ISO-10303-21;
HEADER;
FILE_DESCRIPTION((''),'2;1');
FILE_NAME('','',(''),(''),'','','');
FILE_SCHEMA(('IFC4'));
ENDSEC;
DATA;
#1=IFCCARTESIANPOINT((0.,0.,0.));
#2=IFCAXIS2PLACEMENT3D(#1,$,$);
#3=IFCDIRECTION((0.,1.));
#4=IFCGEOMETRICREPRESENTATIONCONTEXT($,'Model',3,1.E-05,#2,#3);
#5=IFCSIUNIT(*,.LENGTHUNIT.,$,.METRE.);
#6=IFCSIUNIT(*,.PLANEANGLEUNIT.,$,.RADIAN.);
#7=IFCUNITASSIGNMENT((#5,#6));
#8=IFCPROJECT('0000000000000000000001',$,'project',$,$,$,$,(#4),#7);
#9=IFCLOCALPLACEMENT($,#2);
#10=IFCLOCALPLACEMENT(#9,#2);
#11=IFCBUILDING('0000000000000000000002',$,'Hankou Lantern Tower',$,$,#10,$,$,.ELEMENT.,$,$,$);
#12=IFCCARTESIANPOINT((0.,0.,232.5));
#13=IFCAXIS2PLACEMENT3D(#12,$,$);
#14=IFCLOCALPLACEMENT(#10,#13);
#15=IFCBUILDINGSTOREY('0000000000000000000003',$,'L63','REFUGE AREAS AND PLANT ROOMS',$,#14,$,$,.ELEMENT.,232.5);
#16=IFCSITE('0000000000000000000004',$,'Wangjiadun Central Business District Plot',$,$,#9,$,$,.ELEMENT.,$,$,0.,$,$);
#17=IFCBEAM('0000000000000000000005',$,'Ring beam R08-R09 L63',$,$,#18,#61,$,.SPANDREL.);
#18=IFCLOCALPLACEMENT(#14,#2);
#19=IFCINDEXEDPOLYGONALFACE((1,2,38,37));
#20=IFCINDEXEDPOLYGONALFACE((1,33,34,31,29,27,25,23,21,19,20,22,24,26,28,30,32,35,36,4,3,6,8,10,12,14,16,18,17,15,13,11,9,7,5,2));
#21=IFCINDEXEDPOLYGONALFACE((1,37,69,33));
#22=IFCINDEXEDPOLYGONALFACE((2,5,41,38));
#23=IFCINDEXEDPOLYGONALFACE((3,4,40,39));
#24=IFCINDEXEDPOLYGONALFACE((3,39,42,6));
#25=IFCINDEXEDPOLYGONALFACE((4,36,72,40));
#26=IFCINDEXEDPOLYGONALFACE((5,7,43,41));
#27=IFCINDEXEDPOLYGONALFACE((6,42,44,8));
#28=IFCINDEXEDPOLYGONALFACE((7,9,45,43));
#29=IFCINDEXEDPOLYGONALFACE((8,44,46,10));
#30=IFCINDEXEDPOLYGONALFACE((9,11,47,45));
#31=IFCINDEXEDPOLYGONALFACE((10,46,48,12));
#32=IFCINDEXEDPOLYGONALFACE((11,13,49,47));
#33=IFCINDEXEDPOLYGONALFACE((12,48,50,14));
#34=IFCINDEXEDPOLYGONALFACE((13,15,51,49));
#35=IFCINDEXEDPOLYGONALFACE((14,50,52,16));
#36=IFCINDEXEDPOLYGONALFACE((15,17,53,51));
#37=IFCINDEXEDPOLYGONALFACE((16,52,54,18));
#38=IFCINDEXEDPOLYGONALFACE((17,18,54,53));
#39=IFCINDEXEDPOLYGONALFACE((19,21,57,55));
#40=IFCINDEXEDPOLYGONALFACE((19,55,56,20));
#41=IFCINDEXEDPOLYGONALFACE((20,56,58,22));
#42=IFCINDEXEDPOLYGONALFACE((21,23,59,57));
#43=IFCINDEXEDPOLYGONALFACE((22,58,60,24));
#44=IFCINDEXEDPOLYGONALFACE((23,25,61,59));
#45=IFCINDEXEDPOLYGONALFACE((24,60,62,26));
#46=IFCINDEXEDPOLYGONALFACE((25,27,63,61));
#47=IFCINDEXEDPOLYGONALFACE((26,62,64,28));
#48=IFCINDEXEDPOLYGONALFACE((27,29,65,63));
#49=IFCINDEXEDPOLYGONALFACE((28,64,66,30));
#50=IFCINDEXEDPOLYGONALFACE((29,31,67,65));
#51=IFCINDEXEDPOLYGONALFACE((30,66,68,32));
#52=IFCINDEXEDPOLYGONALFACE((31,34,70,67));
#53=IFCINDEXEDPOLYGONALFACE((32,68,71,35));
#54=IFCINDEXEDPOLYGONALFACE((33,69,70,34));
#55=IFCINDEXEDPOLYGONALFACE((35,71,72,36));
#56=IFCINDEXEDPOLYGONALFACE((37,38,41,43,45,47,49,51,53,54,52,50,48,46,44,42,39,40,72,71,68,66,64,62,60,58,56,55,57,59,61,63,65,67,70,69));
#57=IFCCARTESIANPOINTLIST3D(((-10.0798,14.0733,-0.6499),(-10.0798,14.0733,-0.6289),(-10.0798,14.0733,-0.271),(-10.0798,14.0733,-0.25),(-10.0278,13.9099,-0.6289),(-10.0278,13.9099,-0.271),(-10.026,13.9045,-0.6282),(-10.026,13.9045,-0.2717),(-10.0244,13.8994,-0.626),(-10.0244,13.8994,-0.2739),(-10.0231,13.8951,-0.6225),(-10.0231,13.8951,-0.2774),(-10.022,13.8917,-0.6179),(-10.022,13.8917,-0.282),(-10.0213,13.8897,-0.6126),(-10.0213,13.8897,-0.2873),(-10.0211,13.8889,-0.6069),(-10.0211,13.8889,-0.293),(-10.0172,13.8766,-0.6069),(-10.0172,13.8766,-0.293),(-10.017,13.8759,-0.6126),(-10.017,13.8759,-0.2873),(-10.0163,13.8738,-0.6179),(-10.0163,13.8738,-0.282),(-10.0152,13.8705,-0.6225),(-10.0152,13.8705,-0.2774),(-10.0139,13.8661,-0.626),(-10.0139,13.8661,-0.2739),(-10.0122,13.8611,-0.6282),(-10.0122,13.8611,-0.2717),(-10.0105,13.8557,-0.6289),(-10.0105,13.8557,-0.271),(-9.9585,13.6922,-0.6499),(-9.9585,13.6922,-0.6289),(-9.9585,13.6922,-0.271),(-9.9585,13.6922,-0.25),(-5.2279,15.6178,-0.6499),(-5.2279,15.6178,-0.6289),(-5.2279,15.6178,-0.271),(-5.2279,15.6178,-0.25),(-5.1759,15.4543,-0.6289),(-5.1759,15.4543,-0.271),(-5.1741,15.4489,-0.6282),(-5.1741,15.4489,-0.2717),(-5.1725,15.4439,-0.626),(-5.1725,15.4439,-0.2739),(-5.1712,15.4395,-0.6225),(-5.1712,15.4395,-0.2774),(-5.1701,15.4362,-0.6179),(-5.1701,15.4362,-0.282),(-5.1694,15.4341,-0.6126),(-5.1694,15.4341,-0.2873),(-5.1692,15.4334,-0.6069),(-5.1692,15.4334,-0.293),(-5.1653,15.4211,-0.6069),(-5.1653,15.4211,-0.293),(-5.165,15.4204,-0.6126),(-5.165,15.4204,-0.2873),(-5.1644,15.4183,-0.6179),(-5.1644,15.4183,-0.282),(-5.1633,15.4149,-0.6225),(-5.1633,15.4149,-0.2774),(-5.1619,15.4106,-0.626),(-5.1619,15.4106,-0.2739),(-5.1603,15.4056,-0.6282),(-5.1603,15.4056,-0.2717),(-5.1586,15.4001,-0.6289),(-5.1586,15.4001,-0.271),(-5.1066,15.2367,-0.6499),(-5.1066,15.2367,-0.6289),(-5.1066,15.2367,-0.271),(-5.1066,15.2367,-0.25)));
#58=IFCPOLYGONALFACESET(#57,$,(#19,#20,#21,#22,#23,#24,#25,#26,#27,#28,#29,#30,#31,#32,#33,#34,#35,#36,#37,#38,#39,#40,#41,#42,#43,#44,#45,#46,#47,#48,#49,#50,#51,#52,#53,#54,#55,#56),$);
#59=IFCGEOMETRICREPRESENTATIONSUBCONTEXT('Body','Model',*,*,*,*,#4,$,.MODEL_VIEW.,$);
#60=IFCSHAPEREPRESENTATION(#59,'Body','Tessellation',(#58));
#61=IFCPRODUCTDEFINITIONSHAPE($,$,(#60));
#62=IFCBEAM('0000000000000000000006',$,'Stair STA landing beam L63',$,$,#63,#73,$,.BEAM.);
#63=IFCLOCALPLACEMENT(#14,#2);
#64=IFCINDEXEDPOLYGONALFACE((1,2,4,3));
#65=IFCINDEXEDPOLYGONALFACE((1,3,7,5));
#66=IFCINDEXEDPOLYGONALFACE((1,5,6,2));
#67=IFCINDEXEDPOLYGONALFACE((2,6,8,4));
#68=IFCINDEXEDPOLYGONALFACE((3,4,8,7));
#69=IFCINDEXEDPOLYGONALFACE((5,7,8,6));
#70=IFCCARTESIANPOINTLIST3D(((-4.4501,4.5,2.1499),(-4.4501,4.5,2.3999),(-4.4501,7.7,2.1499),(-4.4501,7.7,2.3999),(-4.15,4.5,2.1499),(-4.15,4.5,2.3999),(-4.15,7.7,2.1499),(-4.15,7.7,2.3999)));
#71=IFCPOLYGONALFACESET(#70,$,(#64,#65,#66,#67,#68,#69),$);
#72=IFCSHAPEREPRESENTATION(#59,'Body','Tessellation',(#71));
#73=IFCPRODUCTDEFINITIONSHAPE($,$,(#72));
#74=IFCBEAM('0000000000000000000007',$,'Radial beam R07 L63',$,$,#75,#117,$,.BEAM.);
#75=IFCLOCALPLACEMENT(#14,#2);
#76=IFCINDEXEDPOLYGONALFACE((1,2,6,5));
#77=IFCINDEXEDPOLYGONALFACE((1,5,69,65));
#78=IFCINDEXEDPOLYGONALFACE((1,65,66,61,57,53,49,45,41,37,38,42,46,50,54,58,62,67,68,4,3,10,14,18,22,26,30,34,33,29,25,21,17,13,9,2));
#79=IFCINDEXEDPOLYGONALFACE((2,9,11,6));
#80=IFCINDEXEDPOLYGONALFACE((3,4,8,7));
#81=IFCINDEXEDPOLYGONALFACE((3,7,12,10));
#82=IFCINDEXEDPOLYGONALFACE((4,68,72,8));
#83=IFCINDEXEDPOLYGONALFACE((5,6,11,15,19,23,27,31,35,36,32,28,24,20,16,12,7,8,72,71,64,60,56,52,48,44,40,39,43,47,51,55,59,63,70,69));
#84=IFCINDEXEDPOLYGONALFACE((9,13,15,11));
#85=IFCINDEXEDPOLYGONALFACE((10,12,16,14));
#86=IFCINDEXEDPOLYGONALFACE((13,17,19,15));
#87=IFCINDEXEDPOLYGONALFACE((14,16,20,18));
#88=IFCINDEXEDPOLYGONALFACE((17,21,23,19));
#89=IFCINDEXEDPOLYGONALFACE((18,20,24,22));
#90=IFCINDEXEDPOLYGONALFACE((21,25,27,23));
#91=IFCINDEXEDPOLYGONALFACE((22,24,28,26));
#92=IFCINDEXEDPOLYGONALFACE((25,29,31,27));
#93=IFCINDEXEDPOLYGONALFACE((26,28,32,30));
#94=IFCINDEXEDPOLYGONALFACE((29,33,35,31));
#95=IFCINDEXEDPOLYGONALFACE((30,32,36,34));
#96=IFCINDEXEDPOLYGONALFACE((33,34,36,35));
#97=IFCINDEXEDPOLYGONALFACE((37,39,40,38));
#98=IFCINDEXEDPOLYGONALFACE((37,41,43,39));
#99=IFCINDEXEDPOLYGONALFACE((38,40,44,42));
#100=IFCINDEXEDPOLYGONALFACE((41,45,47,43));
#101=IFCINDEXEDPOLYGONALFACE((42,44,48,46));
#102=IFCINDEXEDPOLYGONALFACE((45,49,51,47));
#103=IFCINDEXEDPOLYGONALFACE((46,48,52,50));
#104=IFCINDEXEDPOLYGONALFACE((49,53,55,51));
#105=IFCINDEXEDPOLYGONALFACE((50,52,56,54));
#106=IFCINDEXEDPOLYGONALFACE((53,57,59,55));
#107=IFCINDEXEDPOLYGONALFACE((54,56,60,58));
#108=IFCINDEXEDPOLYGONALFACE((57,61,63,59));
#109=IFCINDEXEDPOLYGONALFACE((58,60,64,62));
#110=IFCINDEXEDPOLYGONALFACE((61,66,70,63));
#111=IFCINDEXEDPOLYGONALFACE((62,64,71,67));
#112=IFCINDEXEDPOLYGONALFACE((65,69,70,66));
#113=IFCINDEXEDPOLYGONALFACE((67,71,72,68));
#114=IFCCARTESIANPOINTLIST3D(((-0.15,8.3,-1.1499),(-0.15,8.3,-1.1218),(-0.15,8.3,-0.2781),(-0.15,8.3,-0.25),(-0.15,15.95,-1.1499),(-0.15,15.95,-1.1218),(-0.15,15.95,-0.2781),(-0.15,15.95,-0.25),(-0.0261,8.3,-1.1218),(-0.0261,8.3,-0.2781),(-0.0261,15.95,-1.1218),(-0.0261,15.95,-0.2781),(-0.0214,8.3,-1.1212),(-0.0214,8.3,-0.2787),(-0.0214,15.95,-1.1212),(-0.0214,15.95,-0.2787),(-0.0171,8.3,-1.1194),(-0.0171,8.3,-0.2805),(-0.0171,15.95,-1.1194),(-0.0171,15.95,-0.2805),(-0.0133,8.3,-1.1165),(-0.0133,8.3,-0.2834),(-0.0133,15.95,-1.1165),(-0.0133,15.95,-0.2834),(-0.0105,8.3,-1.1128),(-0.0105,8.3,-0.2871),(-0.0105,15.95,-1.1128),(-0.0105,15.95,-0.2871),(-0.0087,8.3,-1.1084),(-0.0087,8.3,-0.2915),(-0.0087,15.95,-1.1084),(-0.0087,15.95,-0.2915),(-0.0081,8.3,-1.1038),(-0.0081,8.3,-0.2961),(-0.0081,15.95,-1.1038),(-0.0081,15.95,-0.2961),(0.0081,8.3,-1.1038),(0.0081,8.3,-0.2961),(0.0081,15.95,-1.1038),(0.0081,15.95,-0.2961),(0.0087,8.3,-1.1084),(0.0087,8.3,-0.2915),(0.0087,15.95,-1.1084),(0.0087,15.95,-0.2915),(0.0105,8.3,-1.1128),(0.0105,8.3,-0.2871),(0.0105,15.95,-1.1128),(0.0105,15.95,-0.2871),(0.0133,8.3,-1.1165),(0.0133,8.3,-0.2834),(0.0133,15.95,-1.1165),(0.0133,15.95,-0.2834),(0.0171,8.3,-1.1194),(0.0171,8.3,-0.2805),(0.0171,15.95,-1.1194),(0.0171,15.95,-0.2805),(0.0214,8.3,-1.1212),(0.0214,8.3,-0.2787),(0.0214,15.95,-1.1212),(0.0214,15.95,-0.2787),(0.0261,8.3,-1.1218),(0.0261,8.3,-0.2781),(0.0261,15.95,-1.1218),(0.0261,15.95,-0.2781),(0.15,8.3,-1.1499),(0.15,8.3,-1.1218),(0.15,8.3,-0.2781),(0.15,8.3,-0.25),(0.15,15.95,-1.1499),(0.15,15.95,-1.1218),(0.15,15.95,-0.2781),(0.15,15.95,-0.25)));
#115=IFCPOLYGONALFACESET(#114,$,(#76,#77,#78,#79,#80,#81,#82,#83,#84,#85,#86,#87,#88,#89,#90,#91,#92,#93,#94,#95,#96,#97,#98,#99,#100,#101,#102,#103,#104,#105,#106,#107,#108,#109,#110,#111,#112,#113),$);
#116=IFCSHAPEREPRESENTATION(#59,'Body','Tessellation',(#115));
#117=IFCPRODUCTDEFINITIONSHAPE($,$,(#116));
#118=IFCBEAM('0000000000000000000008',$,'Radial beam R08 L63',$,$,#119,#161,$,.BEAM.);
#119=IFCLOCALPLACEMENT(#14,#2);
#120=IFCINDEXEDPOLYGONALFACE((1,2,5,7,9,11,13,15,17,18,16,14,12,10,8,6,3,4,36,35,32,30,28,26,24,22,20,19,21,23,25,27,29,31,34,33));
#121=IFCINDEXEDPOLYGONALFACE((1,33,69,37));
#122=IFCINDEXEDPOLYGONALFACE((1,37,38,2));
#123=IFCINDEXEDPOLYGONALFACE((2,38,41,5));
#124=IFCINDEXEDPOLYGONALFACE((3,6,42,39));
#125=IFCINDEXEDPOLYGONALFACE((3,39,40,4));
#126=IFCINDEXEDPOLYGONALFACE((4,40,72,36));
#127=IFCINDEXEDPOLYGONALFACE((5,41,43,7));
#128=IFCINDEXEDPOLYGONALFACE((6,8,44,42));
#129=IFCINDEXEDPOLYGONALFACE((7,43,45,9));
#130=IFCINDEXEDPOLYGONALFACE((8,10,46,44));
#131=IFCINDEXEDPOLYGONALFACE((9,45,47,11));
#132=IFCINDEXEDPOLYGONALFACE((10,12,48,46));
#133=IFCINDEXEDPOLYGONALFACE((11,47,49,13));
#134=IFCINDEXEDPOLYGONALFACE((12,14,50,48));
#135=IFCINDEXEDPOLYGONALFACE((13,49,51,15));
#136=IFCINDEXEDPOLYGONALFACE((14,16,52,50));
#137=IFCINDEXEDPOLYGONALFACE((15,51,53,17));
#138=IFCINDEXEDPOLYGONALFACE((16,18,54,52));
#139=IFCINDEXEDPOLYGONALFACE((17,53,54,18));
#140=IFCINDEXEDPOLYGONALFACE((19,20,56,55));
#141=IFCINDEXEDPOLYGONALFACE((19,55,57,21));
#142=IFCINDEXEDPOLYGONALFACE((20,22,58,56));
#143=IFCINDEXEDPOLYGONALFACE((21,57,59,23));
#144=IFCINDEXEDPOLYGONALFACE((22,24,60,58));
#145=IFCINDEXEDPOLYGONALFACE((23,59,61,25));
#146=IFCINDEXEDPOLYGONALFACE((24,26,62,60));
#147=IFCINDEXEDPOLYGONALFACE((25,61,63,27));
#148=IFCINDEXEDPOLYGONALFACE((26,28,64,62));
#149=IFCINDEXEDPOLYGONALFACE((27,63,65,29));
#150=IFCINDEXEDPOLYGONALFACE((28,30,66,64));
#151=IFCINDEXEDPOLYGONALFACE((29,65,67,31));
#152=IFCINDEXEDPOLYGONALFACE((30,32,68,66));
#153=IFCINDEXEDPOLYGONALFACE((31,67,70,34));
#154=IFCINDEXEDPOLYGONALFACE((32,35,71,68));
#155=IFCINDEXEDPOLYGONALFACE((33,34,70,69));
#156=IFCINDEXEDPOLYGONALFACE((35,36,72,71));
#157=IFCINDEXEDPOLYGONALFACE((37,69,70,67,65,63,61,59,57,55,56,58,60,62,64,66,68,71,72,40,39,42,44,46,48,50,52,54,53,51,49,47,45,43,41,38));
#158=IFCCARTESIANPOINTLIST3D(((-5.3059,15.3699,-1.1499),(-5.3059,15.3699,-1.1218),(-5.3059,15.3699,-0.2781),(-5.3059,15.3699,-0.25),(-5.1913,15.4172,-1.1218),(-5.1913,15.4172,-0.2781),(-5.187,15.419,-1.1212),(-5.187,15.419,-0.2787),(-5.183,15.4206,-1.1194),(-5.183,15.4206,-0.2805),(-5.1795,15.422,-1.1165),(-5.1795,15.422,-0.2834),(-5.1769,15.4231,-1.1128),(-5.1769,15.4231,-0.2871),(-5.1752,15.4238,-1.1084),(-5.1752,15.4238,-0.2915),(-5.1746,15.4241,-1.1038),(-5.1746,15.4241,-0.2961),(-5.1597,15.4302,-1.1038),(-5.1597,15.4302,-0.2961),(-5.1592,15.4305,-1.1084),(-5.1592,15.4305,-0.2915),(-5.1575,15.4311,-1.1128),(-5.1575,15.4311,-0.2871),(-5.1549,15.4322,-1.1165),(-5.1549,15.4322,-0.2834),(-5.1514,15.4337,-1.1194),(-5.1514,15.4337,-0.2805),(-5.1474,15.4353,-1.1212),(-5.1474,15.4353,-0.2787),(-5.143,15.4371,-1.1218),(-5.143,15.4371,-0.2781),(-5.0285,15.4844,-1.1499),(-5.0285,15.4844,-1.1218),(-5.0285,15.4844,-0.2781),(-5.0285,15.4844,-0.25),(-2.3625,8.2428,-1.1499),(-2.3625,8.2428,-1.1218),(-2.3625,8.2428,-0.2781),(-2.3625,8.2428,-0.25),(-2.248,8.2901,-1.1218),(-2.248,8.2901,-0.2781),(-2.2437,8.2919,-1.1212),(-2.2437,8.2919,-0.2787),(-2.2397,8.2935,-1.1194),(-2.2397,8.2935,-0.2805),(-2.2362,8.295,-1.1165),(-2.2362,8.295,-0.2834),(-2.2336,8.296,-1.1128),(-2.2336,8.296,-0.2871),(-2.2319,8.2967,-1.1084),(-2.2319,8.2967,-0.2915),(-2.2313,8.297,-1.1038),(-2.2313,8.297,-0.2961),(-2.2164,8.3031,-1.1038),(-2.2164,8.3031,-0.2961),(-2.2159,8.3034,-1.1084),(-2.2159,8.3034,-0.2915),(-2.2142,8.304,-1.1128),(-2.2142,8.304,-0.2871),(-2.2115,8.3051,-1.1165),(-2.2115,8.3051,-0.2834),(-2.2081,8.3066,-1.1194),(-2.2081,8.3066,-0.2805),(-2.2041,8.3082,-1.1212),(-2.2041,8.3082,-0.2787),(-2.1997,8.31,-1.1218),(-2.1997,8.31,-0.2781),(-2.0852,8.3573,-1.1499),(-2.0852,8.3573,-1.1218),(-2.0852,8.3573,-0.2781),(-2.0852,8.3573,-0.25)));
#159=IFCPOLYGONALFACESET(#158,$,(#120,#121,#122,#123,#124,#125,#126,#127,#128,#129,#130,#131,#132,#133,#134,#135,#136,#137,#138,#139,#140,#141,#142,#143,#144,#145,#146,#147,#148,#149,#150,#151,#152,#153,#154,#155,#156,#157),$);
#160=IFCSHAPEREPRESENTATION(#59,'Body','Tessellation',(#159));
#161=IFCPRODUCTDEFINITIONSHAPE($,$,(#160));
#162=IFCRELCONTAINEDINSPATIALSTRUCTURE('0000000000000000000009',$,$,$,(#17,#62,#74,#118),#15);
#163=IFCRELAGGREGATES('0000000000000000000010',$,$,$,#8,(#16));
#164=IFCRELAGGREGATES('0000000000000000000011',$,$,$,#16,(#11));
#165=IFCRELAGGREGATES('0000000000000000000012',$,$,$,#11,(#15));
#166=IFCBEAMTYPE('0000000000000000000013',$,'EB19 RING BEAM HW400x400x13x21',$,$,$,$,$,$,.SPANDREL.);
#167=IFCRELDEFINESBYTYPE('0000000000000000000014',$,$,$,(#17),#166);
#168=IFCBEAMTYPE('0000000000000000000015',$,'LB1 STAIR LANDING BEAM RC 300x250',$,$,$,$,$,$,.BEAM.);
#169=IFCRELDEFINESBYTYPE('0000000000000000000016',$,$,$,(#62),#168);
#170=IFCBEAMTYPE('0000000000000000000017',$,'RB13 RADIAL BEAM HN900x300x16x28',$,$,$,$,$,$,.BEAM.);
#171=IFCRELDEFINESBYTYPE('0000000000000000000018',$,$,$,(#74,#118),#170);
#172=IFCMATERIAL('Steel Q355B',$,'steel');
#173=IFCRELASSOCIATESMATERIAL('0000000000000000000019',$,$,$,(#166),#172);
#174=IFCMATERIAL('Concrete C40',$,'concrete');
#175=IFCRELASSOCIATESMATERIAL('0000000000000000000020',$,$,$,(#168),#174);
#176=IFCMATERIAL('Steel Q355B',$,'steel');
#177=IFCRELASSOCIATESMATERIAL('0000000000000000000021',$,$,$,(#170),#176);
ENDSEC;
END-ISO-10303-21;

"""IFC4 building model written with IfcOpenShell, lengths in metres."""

from ifc_helpers import new_model, si_unit, direction, frame, origin, origin_2d, place, context, subcontext, project, spatial, rectangle, i_section, extrude, material, material_profile, profile_set, type_object, element, save


model = new_model("IFC4")

# Units and contexts
model_context = context("Model", 3, precision=1e-05, world=origin(), true_north=direction((0.0, 1.0)))
body_context = subcontext(model_context, "Body", "Model", "MODEL_VIEW")
ifc_project = project(units=[si_unit("LENGTHUNIT", "METRE"), si_unit("PLANEANGLEUNIT", "RADIAN")], contexts=[model_context])

# Site, building, storey
site_placement = place(None, origin())
site = spatial("IfcSite", under=ifc_project, at=site_placement, Name="Wangjiadun Central Business District Plot", CompositionType="ELEMENT", RefElevation=0.0)
building_placement = place(site_placement, origin())
building = spatial("IfcBuilding", under=site, at=building_placement, Name="Hankou Lantern Tower", CompositionType="ELEMENT")
storey_placement = place(building_placement, frame((0.0, 0.0, 232.5)))
storey = spatial("IfcBuildingStorey", under=building, at=storey_placement, Name="L63", Description="REFUGE AREAS AND PLANT ROOMS", CompositionType="ELEMENT", Elevation=232.5)

# Beams
ifc_material_1 = material(Name="Steel Q355B", Category="steel")
ifc_material_profile_1 = material_profile(ifc_material_1, i_section(OverallWidth=0.3999, OverallDepth=0.3999, WebThickness=0.0129, FlangeThickness=0.021, FilletRadius=0.022, at=origin_2d()), Name="HW400x400x13x21")
ifc_profile_set_1 = profile_set([ifc_material_profile_1], Name="Steel Q355B")
beam_type_1 = type_object("IfcBeamType", Name="EB19 RING BEAM HW400x400x13x21", PredefinedType="SPANDREL", material=ifc_profile_set_1)
beam_1_placement = place(storey_placement, frame((-5.1672, 15.4272, -0.45), z_axis=(-0.952887, -0.303324, 0.0), x_axis=(0.303324, -0.952887, 0.0)))
element("IfcBeam", 1, at=beam_1_placement, inside=storey, type_object=beam_type_1, Name="Ring beam R08-R09 L63", PredefinedType="SPANDREL", context=body_context, shape_type="SweptSolid", body=[
    extrude(i_section(OverallWidth=0.3999, OverallDepth=0.3999, WebThickness=0.0129, FlangeThickness=0.021, FilletRadius=0.022, at=origin_2d()), origin(), (0.0, 0.0, 1.0), 5.0918),
])
ifc_material_2 = material(Name="Concrete C40", Category="concrete")
ifc_material_profile_2 = material_profile(ifc_material_2, rectangle(XDim=0.3, YDim=0.25, at=origin_2d()), Name="RC 300x250")
ifc_profile_set_2 = profile_set([ifc_material_profile_2], Name="Concrete C40")
beam_type_2 = type_object("IfcBeamType", Name="LB1 STAIR LANDING BEAM RC 300x250", PredefinedType="BEAM", material=ifc_profile_set_2)
beam_2_placement = place(storey_placement, frame((-4.3, 4.5, 2.2749), z_axis=(0.0, 1.0, 0.0), x_axis=(-1.0, 0.0, 0.0)))
element("IfcBeam", 2, at=beam_2_placement, inside=storey, type_object=beam_type_2, Name="Stair STA landing beam L63", PredefinedType="BEAM", context=body_context, shape_type="SweptSolid", body=[
    extrude(rectangle(XDim=0.3, YDim=0.25, at=origin_2d()), origin(), (0.0, 0.0, 1.0), 3.2),
])
ifc_material_3 = material(Name="Steel Q355B", Category="steel")
ifc_material_profile_3 = material_profile(ifc_material_3, i_section(OverallWidth=0.3, OverallDepth=0.8999, WebThickness=0.0161, FlangeThickness=0.0281, FilletRadius=0.0181, at=origin_2d()), Name="HN900x300x16x28")
ifc_profile_set_3 = profile_set([ifc_material_profile_3], Name="Steel Q355B")
beam_type_3 = type_object("IfcBeamType", Name="RB13 RADIAL BEAM HN900x300x16x28", PredefinedType="BEAM", material=ifc_profile_set_3)
beam_3_placement = place(storey_placement, frame((0.0, 8.3, -0.7), z_axis=(0.0, 1.0, 0.0), x_axis=(-1.0, 0.0, 0.0)))
element("IfcBeam", 3, at=beam_3_placement, inside=storey, type_object=beam_type_3, Name="Radial beam R07 L63", PredefinedType="BEAM", context=body_context, shape_type="SweptSolid", body=[
    extrude(i_section(OverallWidth=0.3, OverallDepth=0.8999, WebThickness=0.0161, FlangeThickness=0.0281, FilletRadius=0.0181, at=origin_2d()), origin(), (0.0, 0.0, 1.0), 7.6499),
])
beam_4_placement = place(storey_placement, frame((-2.2239, 8.3, -0.7), z_axis=(-0.381707, 0.924284, 0.0), x_axis=(-0.924284, -0.381707, 0.0)))
element("IfcBeam", 4, at=beam_4_placement, inside=storey, type_object=beam_type_3, Name="Radial beam R08 L63", PredefinedType="BEAM", context=body_context, shape_type="SweptSolid", body=[
    extrude(i_section(OverallWidth=0.3, OverallDepth=0.8999, WebThickness=0.0161, FlangeThickness=0.0281, FilletRadius=0.0181, at=origin_2d()), origin(), (0.0, 0.0, 1.0), 7.7109),
])

save(model, "model.ifc")
